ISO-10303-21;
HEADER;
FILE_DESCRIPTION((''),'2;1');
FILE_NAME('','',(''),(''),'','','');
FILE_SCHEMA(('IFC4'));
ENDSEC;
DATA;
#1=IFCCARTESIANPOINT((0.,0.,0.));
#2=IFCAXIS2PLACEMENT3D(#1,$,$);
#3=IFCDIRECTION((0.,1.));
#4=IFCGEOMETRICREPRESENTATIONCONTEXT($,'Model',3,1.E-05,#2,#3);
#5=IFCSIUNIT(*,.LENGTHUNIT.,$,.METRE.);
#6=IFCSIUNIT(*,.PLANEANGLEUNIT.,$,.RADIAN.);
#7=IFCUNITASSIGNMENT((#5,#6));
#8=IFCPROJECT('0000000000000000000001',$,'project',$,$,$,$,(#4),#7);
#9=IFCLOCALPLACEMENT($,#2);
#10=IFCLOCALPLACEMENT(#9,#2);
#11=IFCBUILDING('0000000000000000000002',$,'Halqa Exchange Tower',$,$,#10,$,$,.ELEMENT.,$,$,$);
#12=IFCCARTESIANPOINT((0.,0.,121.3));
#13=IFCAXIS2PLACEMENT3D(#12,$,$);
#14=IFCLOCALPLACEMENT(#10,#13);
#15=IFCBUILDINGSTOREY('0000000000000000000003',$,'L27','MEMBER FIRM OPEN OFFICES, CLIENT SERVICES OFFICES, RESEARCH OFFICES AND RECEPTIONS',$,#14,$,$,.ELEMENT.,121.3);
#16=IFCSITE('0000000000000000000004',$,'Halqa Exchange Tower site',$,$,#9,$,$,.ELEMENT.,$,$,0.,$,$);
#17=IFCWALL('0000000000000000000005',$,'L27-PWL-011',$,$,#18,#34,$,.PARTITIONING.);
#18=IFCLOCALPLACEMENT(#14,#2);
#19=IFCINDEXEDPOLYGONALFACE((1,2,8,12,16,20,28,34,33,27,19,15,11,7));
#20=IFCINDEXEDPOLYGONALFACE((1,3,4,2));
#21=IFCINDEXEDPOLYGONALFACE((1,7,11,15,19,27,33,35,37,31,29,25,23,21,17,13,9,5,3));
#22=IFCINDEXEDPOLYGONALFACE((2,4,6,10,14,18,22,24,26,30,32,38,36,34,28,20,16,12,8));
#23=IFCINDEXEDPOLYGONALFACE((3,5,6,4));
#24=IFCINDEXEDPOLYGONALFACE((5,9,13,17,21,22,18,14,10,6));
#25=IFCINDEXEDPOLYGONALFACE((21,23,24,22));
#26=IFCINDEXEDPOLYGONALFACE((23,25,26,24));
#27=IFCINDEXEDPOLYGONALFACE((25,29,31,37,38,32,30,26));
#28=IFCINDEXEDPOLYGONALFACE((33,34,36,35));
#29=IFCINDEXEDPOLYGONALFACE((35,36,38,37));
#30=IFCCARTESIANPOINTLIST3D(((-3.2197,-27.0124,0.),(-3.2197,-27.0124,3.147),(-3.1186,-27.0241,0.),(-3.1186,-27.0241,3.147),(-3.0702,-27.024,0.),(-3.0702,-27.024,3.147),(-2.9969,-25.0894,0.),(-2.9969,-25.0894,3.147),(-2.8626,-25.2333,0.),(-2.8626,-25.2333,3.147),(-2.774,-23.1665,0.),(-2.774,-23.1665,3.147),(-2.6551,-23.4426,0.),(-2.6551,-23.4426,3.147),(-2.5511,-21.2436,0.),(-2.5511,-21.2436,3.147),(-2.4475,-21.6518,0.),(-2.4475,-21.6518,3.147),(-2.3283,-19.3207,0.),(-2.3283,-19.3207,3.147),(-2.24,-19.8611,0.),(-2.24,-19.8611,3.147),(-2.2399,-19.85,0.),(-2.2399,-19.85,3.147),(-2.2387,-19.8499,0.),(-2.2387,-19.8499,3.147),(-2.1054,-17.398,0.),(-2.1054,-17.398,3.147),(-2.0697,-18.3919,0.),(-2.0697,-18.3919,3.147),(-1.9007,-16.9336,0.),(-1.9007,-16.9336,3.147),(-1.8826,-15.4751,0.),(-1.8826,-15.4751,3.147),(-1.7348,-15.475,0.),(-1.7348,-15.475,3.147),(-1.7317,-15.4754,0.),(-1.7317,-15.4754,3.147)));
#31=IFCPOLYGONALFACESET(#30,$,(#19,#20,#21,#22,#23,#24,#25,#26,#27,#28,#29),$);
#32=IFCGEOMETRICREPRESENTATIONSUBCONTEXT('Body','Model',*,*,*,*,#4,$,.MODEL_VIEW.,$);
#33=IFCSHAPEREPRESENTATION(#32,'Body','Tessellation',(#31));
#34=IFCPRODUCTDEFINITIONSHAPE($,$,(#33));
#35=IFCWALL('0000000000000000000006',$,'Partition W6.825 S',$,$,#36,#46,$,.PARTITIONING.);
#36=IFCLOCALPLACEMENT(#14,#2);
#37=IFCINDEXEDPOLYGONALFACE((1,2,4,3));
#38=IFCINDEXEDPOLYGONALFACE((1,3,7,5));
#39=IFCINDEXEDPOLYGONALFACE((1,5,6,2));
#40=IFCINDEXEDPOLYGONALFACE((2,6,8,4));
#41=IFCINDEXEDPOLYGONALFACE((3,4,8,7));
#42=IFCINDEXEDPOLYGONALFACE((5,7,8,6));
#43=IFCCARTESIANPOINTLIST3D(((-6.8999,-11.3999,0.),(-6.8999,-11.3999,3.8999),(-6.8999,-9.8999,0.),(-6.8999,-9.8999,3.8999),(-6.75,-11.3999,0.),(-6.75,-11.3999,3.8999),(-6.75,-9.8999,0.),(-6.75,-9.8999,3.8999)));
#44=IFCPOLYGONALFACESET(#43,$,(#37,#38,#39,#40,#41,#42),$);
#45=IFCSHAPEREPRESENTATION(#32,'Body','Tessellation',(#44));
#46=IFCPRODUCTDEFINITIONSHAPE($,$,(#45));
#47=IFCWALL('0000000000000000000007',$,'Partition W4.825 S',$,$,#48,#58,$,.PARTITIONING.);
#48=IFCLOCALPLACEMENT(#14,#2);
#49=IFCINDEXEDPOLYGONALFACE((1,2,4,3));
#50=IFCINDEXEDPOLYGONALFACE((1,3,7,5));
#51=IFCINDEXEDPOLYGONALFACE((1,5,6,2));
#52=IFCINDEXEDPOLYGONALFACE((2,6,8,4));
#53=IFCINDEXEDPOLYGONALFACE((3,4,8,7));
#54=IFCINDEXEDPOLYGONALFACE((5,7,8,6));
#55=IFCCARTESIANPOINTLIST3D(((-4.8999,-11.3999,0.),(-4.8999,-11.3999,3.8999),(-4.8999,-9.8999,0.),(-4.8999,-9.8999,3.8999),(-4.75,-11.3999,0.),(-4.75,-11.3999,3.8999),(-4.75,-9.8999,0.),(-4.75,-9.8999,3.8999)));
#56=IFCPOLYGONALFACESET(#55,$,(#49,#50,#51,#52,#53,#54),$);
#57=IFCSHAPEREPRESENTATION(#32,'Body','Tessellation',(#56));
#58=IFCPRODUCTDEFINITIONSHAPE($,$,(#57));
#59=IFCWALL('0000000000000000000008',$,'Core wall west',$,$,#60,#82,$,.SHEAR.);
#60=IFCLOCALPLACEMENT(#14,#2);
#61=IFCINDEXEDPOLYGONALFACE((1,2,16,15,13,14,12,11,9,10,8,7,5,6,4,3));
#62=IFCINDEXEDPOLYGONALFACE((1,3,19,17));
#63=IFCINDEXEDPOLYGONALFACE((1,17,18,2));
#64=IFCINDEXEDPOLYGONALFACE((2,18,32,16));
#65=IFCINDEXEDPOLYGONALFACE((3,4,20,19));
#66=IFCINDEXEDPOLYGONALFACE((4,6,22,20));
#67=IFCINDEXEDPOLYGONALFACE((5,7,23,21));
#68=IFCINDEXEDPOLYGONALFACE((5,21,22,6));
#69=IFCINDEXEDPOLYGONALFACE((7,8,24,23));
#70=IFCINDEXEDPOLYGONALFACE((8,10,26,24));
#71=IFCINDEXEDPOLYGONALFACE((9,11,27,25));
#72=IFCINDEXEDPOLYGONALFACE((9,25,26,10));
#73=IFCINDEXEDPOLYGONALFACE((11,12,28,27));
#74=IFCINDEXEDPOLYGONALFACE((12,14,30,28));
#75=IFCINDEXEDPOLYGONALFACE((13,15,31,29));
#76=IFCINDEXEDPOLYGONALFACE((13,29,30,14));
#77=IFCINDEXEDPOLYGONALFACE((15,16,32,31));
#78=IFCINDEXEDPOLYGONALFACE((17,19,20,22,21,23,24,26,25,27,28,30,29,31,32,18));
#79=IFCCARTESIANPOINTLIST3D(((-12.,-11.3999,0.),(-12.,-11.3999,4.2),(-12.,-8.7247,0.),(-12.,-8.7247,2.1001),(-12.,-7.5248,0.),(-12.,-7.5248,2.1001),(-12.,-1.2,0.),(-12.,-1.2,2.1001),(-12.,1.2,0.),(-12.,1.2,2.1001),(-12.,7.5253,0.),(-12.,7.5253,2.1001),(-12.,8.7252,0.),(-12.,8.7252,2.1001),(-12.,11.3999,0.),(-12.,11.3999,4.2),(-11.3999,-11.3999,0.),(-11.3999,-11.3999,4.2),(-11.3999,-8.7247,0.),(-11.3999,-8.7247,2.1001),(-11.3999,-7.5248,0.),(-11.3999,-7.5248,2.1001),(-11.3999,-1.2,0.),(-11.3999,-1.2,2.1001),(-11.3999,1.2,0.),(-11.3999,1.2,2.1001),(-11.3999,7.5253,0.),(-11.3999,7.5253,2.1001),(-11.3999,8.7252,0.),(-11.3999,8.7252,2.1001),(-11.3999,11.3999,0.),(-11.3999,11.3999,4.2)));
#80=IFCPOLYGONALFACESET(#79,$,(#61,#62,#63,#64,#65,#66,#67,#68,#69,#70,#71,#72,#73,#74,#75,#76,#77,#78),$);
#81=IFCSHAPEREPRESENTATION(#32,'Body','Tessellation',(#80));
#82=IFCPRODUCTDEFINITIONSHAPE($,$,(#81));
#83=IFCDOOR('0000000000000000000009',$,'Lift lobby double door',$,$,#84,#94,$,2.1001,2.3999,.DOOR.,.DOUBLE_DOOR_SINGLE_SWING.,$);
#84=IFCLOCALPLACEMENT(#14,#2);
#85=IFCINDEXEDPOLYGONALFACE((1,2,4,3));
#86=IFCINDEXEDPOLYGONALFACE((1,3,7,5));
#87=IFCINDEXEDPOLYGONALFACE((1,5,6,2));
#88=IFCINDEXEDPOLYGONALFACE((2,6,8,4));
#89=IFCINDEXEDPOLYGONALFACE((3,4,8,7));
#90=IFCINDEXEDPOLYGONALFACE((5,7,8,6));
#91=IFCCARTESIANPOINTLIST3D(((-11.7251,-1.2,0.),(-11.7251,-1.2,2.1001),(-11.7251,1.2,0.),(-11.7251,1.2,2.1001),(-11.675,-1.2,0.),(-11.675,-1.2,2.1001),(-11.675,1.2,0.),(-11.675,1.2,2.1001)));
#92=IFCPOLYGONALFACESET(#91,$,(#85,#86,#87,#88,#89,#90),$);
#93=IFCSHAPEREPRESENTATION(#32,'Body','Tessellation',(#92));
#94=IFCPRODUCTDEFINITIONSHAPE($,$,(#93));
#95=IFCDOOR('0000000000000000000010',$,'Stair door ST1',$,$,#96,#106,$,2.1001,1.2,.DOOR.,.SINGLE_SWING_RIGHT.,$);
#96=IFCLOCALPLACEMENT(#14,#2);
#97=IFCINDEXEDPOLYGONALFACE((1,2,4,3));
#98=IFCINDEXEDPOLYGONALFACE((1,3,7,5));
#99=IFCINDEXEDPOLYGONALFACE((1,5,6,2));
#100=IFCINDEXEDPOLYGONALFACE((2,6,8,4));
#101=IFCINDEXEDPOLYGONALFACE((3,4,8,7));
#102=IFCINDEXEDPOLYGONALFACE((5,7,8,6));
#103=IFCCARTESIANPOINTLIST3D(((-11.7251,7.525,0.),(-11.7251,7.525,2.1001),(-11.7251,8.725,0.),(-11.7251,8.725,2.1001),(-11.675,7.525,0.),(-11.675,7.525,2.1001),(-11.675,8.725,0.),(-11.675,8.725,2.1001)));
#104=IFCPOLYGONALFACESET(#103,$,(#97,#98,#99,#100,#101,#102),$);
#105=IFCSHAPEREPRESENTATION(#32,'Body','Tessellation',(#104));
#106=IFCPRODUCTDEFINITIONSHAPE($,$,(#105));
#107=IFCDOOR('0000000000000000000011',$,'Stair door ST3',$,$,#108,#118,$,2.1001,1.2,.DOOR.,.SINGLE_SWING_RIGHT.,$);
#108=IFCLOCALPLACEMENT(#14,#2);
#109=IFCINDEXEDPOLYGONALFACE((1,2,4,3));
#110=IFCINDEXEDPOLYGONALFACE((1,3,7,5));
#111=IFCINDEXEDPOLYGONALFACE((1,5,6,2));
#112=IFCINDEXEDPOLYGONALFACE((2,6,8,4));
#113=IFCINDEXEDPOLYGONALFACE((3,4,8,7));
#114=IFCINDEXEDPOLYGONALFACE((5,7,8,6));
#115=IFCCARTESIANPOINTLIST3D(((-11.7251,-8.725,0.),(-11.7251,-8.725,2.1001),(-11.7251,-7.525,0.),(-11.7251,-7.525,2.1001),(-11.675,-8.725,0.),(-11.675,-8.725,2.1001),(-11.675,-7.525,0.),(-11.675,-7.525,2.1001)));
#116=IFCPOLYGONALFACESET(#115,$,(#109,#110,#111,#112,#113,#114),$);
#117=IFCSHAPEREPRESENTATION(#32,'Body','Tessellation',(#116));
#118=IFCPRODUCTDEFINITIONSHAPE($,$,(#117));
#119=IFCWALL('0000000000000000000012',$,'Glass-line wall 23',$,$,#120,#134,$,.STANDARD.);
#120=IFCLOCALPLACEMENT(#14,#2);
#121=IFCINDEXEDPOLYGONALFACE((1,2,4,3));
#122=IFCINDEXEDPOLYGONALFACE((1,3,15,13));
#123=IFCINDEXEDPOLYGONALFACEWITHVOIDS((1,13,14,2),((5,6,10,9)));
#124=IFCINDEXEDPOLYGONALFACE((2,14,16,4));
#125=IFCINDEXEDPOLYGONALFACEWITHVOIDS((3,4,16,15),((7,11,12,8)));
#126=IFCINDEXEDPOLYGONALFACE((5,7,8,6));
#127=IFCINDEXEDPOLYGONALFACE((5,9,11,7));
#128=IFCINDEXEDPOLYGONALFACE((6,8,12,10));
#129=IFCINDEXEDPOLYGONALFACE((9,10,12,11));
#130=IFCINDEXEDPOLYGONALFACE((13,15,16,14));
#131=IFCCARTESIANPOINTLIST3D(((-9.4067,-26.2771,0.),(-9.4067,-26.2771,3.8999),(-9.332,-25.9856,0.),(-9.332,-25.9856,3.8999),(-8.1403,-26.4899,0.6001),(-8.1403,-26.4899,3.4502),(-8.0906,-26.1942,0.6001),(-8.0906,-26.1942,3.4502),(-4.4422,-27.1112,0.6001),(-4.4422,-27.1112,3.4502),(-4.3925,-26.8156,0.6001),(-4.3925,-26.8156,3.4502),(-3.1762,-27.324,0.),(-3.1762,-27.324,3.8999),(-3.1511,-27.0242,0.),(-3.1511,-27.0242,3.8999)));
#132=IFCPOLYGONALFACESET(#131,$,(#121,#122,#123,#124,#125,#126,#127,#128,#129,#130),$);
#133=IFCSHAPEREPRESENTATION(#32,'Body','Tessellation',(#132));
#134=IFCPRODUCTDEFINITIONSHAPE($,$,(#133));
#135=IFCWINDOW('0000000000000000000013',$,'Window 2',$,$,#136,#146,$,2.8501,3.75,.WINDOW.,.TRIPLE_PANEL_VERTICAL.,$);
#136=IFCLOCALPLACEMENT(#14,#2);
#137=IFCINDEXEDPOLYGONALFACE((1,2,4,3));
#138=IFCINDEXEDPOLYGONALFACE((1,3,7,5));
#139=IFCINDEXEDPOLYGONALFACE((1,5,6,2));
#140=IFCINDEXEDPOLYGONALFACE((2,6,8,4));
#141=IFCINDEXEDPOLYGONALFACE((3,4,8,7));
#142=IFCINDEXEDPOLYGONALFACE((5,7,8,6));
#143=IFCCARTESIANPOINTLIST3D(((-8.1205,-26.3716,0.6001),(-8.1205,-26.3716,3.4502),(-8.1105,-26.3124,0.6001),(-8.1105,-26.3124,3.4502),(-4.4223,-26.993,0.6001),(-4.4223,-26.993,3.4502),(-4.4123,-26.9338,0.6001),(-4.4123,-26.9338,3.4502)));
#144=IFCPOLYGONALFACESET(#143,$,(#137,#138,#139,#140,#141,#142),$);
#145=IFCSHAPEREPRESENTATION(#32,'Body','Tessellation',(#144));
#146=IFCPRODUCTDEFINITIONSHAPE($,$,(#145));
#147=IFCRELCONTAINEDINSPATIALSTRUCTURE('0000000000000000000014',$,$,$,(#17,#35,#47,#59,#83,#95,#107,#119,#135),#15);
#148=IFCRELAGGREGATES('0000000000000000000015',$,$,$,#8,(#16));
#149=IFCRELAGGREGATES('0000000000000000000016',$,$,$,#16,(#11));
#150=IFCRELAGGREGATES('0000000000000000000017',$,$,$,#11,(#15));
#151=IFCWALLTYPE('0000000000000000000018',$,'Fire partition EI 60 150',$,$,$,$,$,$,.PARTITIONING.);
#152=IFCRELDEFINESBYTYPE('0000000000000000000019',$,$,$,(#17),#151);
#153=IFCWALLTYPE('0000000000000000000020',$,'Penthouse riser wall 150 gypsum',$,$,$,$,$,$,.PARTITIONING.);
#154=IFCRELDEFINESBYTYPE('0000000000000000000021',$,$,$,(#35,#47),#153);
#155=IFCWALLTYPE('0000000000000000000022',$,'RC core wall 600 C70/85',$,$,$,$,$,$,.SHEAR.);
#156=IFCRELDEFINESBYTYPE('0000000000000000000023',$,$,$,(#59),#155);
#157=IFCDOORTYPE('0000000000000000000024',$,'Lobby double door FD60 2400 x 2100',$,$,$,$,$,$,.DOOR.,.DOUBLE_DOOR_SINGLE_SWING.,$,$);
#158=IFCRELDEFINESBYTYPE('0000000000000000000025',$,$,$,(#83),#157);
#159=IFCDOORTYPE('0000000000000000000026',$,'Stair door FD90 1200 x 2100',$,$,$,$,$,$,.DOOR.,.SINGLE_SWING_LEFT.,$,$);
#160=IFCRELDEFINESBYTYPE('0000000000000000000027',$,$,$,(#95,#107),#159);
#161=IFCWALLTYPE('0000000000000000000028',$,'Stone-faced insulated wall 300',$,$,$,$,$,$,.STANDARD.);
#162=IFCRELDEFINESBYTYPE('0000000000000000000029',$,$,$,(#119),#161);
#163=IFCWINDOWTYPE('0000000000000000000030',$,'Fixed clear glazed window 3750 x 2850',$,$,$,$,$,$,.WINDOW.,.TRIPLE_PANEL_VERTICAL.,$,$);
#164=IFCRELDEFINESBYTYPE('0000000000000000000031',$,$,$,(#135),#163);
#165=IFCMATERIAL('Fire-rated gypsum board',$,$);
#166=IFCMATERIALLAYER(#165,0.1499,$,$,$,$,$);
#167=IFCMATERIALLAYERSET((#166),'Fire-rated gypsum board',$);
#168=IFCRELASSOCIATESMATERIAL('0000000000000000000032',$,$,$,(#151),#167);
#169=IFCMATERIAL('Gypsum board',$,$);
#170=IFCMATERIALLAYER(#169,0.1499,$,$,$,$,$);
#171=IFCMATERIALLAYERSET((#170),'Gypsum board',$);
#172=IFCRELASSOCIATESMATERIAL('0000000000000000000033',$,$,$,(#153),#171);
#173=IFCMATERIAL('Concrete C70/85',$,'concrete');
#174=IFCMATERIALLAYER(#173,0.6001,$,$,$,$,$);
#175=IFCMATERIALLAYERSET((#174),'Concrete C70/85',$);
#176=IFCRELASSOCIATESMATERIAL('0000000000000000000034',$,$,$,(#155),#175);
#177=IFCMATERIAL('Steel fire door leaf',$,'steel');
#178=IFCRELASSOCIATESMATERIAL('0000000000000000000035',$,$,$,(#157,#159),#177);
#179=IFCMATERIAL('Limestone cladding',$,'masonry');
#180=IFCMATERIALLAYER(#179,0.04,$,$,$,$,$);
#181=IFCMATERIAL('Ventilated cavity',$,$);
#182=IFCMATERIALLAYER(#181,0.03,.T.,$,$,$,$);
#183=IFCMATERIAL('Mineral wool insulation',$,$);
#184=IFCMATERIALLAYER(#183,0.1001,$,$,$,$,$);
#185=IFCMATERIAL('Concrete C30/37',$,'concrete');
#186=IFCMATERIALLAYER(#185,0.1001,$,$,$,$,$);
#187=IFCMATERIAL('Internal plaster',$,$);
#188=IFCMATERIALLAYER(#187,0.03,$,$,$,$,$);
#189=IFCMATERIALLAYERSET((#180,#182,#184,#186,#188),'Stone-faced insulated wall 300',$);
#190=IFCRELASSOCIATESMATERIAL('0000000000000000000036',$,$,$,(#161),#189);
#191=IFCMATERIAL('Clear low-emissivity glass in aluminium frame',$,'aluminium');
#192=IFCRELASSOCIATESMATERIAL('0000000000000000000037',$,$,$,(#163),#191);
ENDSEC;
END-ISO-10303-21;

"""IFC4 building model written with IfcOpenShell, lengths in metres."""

from ifc_helpers import new_model, si_unit, direction, frame, frame_2d, origin, place, context, subcontext, project, spatial, polyline, rectangle, outline, extrude, material, layer, layer_set, type_object, element, fill, save


model = new_model("IFC4")

# Units and contexts
model_context = context("Model", 3, precision=1e-05, world=origin(), true_north=direction((0.0, 1.0)))
body_context = subcontext(model_context, "Body", "Model", "MODEL_VIEW")
ifc_project = project(units=[si_unit("LENGTHUNIT", "METRE"), si_unit("PLANEANGLEUNIT", "RADIAN")], contexts=[model_context])

# Site, building, storey
site_placement = place(None, origin())
site = spatial("IfcSite", under=ifc_project, at=site_placement, Name="Halqa Exchange Tower site", CompositionType="ELEMENT", RefElevation=0.0)
building_placement = place(site_placement, origin())
building = spatial("IfcBuilding", under=site, at=building_placement, Name="Halqa Exchange Tower", CompositionType="ELEMENT")
storey_placement = place(building_placement, frame((0.0, 0.0, 121.3)))
storey = spatial("IfcBuildingStorey", under=building, at=storey_placement, Name="L27", Description="MEMBER FIRM OPEN OFFICES, CLIENT SERVICES OFFICES, RESEARCH OFFICES AND RECEPTIONS", CompositionType="ELEMENT", Elevation=121.3)

# Shared definitions
ifc_material_1 = material(Name="Concrete C70/85", Category="concrete")

# Wall
ifc_material_2 = material(Name="Fire-rated gypsum board")
ifc_layer_1 = layer(ifc_material_2, 0.1499)
ifc_layer_set_1 = layer_set([ifc_layer_1], Name="Fire-rated gypsum board")
wall_type_1 = type_object("IfcWallType", Name="Fire partition EI 60 150", PredefinedType="PARTITIONING", material=ifc_layer_set_1)
wall_1_placement = place(storey_placement, frame((-3.1453, -27.021, 0.0), z_axis=(0.0, 0.0, 1.0), x_axis=(0.115128, 0.993351, 0.0)))
element("IfcWall", 1, at=wall_1_placement, inside=storey, type_object=wall_type_1, Name="L27-PWL-011", PredefinedType="PARTITIONING", context=body_context, shape_type="SweptSolid", body=[
    extrude(outline(polyline([(0.0056, -0.075), (1.8083, -0.075), (3.6111, -0.075), (5.4138, -0.075), (7.2166, -0.075), (7.2275, -0.0737), (7.2278, -0.075), (8.6956, -0.075), (10.1636, -0.075), (11.6316, -0.075), (11.6316, -0.0718), (11.6145, 0.075), (9.6787, 0.075), (7.7432, 0.075), (5.8074, 0.075), (3.8716, 0.075), (1.9358, 0.075), (0.0, 0.075), (0.0, -0.0269), (0.0056, -0.075)])), origin(), (0.0, 0.0, 1.0), 3.147),
])

# Shared definitions
ifc_material_3 = material(Name="Gypsum board")

# Walls
ifc_layer_2 = layer(ifc_material_3, 0.1499)
ifc_layer_set_2 = layer_set([ifc_layer_2], Name="Gypsum board")
wall_type_2 = type_object("IfcWallType", Name="Penthouse riser wall 150 gypsum", PredefinedType="PARTITIONING", material=ifc_layer_set_2)
for number, where, z_axis, x_axis, name in (
    (2, (-6.825, -11.3999, 0.0), (0.0, 0.0, 1.0), (0.0, 1.0, 0.0), "Partition W6.825 S"),
    (3, (-4.825, -11.3999, 0.0), (0.0, 0.0, 1.0), (0.0, 1.0, 0.0), "Partition W4.825 S"),
):
    element("IfcWall", number, at=place(storey_placement, frame(where, z_axis=z_axis, x_axis=x_axis)), inside=storey, type_object=wall_type_2, Name=name, PredefinedType="PARTITIONING", context=body_context, shape_type="SweptSolid", body=[
        extrude(rectangle(XDim=1.5, YDim=0.1499, at=frame_2d((0.75, 0.0))), origin(), (0.0, 0.0, 1.0), 3.8999),
    ])

# Wall, openings, doors
ifc_layer_3 = layer(ifc_material_1, 0.6001)
ifc_layer_set_3 = layer_set([ifc_layer_3], Name="Concrete C70/85")
wall_type_3 = type_object("IfcWallType", Name="RC core wall 600 C70/85", PredefinedType="SHEAR", material=ifc_layer_set_3)
wall_2_placement = place(storey_placement, frame((-11.7, -11.3999, 0.0), z_axis=(0.0, 0.0, 1.0), x_axis=(0.0, 1.0, 0.0)))
wall_2 = element("IfcWall", 4, at=wall_2_placement, inside=storey, type_object=wall_type_3, Name="Core wall west", PredefinedType="SHEAR", context=body_context, shape_type="SweptSolid", body=[
    extrude(rectangle(XDim=22.7998, YDim=0.6001, at=frame_2d((11.3999, 0.0))), origin(), (0.0, 0.0, 1.0), 4.2),
])
opening_1_placement = place(wall_2_placement, frame((10.2, 0.0, 0.0)))
opening_1 = element("IfcOpeningElement", 5, at=opening_1_placement, cuts=wall_2, PredefinedType="OPENING", context=body_context, shape_type="SweptSolid", body=[
    extrude(rectangle(XDim=2.3999, YDim=2.1001, at=frame_2d((1.2, 1.05))), frame((0.0, 0.312, 0.0), z_axis=(0.0, -1.0, 0.0), x_axis=(1.0, 0.0, 0.0)), (0.0, 0.0, 1.0), 0.624),
])
opening_2_placement = place(wall_2_placement, frame((18.925, 0.0, 0.0)))
opening_2 = element("IfcOpeningElement", 6, at=opening_2_placement, cuts=wall_2, PredefinedType="OPENING", context=body_context, shape_type="SweptSolid", body=[
    extrude(rectangle(XDim=1.2, YDim=2.1001, at=frame_2d((0.6001, 1.05))), frame((0.0, 0.312, 0.0), z_axis=(0.0, -1.0, 0.0), x_axis=(1.0, 0.0, 0.0)), (0.0, 0.0, 1.0), 0.624),
])
opening_3_placement = place(wall_2_placement, frame((2.675, 0.0, 0.0)))
opening_3 = element("IfcOpeningElement", 7, at=opening_3_placement, cuts=wall_2, PredefinedType="OPENING", context=body_context, shape_type="SweptSolid", body=[
    extrude(rectangle(XDim=1.2, YDim=2.1001, at=frame_2d((0.6001, 1.05))), frame((0.0, 0.312, 0.0), z_axis=(0.0, -1.0, 0.0), x_axis=(1.0, 0.0, 0.0)), (0.0, 0.0, 1.0), 0.624),
])
ifc_material_4 = material(Name="Steel fire door leaf", Category="steel")
door_type_1 = type_object("IfcDoorType", Name="Lobby double door FD60 2400 x 2100", OperationType="DOUBLE_DOOR_SINGLE_SWING", PredefinedType="DOOR", material=ifc_material_4)
door_1_placement = place(opening_1_placement, frame((2.3999, 0.0, 0.0), z_axis=(0.0, 0.0, 1.0), x_axis=(-1.0, 0.0, 0.0)))
door_1 = element("IfcDoor", 8, at=door_1_placement, inside=storey, type_object=door_type_1, Name="Lift lobby double door", OperationType="DOUBLE_DOOR_SINGLE_SWING", OverallHeight=2.1001, OverallWidth=2.3999, PredefinedType="DOOR", context=body_context, shape_type="SweptSolid", body=[
    extrude(rectangle(XDim=2.3999, YDim=2.1001, at=frame_2d((1.2, 1.05))), frame((0.0, 0.0249, 0.0), z_axis=(0.0, -1.0, 0.0), x_axis=(1.0, 0.0, 0.0)), (0.0, 0.0, 1.0), 0.05),
])
fill(opening_1, door_1)
door_type_2 = type_object("IfcDoorType", Name="Stair door FD90 1200 x 2100", OperationType="SINGLE_SWING_LEFT", PredefinedType="DOOR", material=ifc_material_4)
door_2_placement = place(opening_2_placement, frame((1.2, 0.0, 0.0), z_axis=(0.0, 0.0, 1.0), x_axis=(-1.0, 0.0, 0.0)))
door_2 = element("IfcDoor", 9, at=door_2_placement, inside=storey, type_object=door_type_2, Name="Stair door ST1", OperationType="SINGLE_SWING_RIGHT", OverallHeight=2.1001, OverallWidth=1.2, PredefinedType="DOOR", context=body_context, shape_type="SweptSolid", body=[
    extrude(rectangle(XDim=1.2, YDim=2.1001, at=frame_2d((0.6001, 1.05))), frame((0.0, 0.0249, 0.0), z_axis=(0.0, -1.0, 0.0), x_axis=(1.0, 0.0, 0.0)), (0.0, 0.0, 1.0), 0.05),
])
fill(opening_2, door_2)
door_3_placement = place(opening_3_placement, frame((1.2, 0.0, 0.0), z_axis=(0.0, 0.0, 1.0), x_axis=(-1.0, 0.0, 0.0)))
door_3 = element("IfcDoor", 10, at=door_3_placement, inside=storey, type_object=door_type_2, Name="Stair door ST3", OperationType="SINGLE_SWING_RIGHT", OverallHeight=2.1001, OverallWidth=1.2, PredefinedType="DOOR", context=body_context, shape_type="SweptSolid", body=[
    extrude(rectangle(XDim=1.2, YDim=2.1001, at=frame_2d((0.6001, 1.05))), frame((0.0, 0.0249, 0.0), z_axis=(0.0, -1.0, 0.0), x_axis=(1.0, 0.0, 0.0)), (0.0, 0.0, 1.0), 0.05),
])
fill(opening_3, door_3)

# Wall, opening, window
ifc_material_5 = material(Name="Limestone cladding", Category="masonry")
ifc_layer_4 = layer(ifc_material_5, 0.04)
ifc_material_6 = material(Name="Ventilated cavity")
ifc_layer_5 = layer(ifc_material_6, 0.03, ventilated=True)
ifc_material_7 = material(Name="Mineral wool insulation")
ifc_layer_6 = layer(ifc_material_7, 0.1001)
ifc_material_8 = material(Name="Concrete C30/37", Category="concrete")
ifc_layer_7 = layer(ifc_material_8, 0.1001)
ifc_material_9 = material(Name="Internal plaster")
ifc_layer_8 = layer(ifc_material_9, 0.03)
ifc_layer_set_4 = layer_set([ifc_layer_4, ifc_layer_5, ifc_layer_6, ifc_layer_7, ifc_layer_8], Name="Stone-faced insulated wall 300")
wall_type_4 = type_object("IfcWallType", Name="Stone-faced insulated wall 300", PredefinedType="STANDARD", material=ifc_layer_set_4)
wall_3_placement = place(storey_placement, frame((-9.3694, -26.1313, 0.0), z_axis=(0.0, 0.0, 1.0), x_axis=(0.986176, -0.165701, 0.0)))
wall_3 = element("IfcWall", 11, at=wall_3_placement, inside=storey, type_object=wall_type_4, Name="Glass-line wall 23", PredefinedType="STANDARD", context=body_context, shape_type="SweptSolid", body=[
    extrude(outline(polyline([(-0.0127, -0.1499), (6.3052, -0.1499), (6.2803, 0.1499), (0.0127, 0.1499), (-0.0127, -0.1499)])), origin(), (0.0, 0.0, 1.0), 3.8999),
])
opening_4_placement = place(wall_3_placement, frame((1.2715, 0.0, 0.6001)))
opening_4 = element("IfcOpeningElement", 12, at=opening_4_placement, cuts=wall_3, PredefinedType="OPENING", context=body_context, shape_type="SweptSolid", body=[
    extrude(rectangle(XDim=3.75, YDim=2.8501, at=frame_2d((1.875, 1.425))), frame((0.0, 0.1621, 0.0), z_axis=(0.0, -1.0, 0.0), x_axis=(1.0, 0.0, 0.0)), (0.0, 0.0, 1.0), 0.324),
])
ifc_material_10 = material(Name="Clear low-emissivity glass in aluminium frame", Category="aluminium")
window_type = type_object("IfcWindowType", Name="Fixed clear glazed window 3750 x 2850", PartitioningType="TRIPLE_PANEL_VERTICAL", PredefinedType="WINDOW", material=ifc_material_10)
window_placement = place(opening_4_placement, origin())
window = element("IfcWindow", 13, at=window_placement, inside=storey, type_object=window_type, Name="Window 2", OverallHeight=2.8501, OverallWidth=3.75, PartitioningType="TRIPLE_PANEL_VERTICAL", PredefinedType="WINDOW", context=body_context, shape_type="SweptSolid", body=[
    extrude(rectangle(XDim=3.75, YDim=2.8501, at=frame_2d((1.875, 1.425))), frame((0.0, 0.03, 0.0), z_axis=(0.0, -1.0, 0.0), x_axis=(1.0, 0.0, 0.0)), (0.0, 0.0, 1.0), 0.0601),
])
fill(opening_4, window)

save(model, "model.ifc")
